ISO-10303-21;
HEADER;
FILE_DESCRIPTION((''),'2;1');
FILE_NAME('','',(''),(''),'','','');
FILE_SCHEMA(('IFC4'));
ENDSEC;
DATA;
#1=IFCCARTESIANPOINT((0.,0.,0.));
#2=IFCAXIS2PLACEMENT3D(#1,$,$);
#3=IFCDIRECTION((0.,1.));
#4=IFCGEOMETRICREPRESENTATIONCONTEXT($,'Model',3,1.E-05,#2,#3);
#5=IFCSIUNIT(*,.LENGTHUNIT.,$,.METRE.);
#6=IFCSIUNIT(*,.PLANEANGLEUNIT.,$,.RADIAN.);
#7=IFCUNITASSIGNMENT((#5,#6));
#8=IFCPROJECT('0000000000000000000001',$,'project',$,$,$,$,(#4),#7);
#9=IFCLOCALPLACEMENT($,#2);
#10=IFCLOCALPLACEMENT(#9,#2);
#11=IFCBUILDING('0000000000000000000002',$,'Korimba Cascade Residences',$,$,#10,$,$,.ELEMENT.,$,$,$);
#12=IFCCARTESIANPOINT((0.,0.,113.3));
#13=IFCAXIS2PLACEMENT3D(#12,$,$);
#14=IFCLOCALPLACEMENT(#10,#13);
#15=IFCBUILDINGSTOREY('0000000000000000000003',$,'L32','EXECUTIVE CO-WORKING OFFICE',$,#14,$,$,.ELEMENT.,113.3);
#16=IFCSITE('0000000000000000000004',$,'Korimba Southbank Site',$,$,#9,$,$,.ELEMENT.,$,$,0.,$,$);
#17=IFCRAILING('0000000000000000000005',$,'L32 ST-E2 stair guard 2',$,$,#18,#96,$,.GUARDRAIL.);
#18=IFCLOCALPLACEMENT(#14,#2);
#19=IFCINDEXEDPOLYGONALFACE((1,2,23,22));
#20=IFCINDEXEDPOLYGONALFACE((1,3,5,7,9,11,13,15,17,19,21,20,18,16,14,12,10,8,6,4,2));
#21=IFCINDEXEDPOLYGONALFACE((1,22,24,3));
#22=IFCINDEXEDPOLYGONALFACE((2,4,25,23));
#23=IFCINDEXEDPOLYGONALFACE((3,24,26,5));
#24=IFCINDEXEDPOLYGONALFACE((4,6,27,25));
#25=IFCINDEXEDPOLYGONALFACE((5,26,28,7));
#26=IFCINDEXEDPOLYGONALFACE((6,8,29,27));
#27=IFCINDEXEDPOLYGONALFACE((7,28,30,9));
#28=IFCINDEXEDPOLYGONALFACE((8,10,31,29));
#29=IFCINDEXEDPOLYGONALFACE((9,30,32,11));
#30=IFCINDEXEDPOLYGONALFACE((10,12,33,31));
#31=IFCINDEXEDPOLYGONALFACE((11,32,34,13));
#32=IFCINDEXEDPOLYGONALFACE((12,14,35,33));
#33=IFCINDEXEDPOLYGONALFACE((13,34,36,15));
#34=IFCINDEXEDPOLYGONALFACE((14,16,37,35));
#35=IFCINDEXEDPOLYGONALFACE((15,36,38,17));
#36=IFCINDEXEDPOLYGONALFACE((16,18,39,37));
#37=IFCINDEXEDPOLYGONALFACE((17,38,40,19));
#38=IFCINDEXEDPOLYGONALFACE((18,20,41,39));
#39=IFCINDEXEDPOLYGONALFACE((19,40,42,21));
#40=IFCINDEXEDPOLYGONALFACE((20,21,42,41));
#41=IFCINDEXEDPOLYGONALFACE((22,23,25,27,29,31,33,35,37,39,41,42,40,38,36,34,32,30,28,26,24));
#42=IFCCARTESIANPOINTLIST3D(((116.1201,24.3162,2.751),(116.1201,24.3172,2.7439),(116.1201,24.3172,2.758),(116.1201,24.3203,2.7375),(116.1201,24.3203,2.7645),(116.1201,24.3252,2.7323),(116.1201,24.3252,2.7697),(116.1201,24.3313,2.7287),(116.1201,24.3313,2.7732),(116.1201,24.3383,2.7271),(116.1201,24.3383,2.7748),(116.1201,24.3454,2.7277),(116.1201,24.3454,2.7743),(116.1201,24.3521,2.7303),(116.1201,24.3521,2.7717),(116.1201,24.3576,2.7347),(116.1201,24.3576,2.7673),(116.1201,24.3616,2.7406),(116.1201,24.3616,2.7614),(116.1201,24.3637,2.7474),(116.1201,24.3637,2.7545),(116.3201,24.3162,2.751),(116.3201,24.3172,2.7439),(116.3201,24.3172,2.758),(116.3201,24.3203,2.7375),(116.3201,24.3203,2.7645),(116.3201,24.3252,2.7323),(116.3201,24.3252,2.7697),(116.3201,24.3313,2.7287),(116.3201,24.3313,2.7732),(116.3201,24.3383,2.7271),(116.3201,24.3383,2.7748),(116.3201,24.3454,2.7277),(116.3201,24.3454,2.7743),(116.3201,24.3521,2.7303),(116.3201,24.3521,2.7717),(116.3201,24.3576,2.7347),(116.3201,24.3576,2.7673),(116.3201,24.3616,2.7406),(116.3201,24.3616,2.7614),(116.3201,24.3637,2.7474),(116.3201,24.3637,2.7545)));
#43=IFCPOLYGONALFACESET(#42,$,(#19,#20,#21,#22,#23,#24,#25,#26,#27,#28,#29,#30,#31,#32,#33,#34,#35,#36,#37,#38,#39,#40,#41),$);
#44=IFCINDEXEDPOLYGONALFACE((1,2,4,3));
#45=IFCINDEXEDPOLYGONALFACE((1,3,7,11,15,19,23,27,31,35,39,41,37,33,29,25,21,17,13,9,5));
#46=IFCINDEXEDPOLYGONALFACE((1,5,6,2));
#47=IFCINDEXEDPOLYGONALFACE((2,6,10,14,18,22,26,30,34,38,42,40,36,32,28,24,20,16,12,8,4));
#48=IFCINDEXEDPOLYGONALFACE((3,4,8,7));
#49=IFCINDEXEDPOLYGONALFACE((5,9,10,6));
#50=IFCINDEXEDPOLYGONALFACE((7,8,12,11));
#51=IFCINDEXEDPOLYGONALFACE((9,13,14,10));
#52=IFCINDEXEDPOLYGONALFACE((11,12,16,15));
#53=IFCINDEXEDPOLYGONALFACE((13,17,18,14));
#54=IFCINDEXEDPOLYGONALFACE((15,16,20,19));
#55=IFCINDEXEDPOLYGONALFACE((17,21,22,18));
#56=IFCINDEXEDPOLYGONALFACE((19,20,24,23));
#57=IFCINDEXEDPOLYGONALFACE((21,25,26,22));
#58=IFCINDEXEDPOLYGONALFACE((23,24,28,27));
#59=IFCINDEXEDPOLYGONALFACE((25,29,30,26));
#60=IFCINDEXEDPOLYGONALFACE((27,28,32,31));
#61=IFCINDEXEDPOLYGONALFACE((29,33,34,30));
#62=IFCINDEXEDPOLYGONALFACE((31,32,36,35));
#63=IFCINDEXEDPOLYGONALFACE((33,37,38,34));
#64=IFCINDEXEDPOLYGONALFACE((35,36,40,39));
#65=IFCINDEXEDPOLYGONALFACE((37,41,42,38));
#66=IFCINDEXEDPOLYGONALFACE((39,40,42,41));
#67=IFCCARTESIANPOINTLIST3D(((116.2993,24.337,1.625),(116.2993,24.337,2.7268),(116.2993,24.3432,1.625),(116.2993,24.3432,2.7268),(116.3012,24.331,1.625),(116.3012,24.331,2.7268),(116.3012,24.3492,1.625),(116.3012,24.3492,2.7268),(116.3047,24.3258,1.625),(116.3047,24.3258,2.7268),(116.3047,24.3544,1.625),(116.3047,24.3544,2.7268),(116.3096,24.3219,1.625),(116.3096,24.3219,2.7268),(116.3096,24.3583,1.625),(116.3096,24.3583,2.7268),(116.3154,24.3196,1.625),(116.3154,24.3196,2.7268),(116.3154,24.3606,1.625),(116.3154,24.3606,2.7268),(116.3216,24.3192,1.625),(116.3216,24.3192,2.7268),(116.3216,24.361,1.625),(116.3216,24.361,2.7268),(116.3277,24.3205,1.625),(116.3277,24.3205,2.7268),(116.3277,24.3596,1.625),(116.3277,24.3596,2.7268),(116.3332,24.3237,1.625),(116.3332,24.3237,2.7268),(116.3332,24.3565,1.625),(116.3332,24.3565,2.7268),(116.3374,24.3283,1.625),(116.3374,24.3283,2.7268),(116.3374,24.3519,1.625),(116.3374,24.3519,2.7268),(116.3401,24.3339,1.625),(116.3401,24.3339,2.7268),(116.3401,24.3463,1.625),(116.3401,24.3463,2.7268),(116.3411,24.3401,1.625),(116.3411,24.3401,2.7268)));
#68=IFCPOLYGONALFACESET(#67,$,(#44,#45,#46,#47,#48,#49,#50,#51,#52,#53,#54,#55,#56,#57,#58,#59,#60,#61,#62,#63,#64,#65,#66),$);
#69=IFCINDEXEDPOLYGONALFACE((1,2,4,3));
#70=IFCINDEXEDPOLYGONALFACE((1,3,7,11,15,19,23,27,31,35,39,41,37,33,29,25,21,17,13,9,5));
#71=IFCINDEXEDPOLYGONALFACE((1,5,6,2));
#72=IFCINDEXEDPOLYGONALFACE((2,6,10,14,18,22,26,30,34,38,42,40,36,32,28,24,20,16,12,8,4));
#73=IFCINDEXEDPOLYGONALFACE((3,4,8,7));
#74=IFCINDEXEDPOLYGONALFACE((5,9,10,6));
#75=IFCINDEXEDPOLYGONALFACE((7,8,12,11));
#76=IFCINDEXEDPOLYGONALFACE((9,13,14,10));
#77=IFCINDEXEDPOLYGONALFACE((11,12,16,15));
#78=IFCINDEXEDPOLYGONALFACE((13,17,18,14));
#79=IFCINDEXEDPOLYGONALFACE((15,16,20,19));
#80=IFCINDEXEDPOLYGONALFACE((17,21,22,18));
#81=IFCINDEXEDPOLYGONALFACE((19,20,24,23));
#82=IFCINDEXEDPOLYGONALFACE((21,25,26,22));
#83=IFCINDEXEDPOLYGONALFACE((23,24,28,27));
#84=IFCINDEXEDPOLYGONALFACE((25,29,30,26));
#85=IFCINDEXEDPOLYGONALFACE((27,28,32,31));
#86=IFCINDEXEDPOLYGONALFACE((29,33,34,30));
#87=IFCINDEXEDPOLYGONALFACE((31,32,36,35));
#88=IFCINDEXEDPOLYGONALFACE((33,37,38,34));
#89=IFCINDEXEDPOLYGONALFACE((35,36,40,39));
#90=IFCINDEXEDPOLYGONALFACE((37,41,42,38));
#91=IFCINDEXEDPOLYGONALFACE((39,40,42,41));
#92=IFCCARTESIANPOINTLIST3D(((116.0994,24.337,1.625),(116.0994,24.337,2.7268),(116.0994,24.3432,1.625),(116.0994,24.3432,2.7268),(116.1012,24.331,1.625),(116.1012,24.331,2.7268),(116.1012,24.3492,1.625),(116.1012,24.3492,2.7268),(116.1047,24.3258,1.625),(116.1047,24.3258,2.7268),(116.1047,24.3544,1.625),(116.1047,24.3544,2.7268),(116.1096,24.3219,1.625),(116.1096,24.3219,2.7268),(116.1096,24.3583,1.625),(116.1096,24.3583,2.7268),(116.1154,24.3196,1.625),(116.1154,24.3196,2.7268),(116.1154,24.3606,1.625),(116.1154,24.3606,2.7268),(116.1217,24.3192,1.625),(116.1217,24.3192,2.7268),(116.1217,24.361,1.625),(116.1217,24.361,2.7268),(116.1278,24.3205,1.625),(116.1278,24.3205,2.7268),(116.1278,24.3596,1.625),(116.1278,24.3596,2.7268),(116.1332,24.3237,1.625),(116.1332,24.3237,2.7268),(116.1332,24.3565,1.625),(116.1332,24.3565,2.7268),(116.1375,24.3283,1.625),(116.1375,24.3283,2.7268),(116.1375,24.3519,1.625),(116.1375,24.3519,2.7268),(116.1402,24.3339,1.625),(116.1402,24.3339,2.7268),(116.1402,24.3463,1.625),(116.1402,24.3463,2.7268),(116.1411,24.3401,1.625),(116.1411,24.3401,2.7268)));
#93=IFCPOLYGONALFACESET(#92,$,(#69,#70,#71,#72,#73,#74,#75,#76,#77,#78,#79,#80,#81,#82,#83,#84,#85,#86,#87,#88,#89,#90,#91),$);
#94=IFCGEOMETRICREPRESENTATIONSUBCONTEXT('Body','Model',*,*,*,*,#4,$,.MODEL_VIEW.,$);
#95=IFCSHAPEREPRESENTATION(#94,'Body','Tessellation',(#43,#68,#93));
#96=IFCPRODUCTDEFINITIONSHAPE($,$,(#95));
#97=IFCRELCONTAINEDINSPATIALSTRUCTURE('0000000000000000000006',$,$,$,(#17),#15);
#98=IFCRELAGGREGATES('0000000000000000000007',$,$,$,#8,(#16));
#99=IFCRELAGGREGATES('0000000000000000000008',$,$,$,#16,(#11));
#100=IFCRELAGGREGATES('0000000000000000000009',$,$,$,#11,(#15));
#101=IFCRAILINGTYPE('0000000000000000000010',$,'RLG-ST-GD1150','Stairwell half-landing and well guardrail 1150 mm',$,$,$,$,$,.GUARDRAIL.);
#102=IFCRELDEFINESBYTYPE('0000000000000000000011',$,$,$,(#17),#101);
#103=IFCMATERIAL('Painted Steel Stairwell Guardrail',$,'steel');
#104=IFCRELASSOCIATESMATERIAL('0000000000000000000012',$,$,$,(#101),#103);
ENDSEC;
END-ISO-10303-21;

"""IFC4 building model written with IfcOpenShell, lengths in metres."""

from ifc_helpers import new_model, si_unit, direction, frame, origin, origin_2d, place, context, subcontext, project, spatial, circle, extrude, material, type_object, element, save


model = new_model("IFC4")

# Units and contexts
model_context = context("Model", 3, precision=1e-05, world=origin(), true_north=direction((0.0, 1.0)))
body_context = subcontext(model_context, "Body", "Model", "MODEL_VIEW")
ifc_project = project(units=[si_unit("LENGTHUNIT", "METRE"), si_unit("PLANEANGLEUNIT", "RADIAN")], contexts=[model_context])

# Site, building, storey
site_placement = place(None, origin())
site = spatial("IfcSite", under=ifc_project, at=site_placement, Name="Korimba Southbank Site", CompositionType="ELEMENT", RefElevation=0.0)
building_placement = place(site_placement, origin())
building = spatial("IfcBuilding", under=site, at=building_placement, Name="Korimba Cascade Residences", CompositionType="ELEMENT")
storey_placement = place(building_placement, frame((0.0, 0.0, 113.3)))
storey = spatial("IfcBuildingStorey", under=building, at=storey_placement, Name="L32", Description="EXECUTIVE CO-WORKING OFFICE", CompositionType="ELEMENT", Elevation=113.3)

# Railing
ifc_material_1 = material(Name="Painted Steel Stairwell Guardrail", Category="steel")
railing_type_1 = type_object("IfcRailingType", Name="RLG-ST-GD1150", Description="Stairwell half-landing and well guardrail 1150 mm", PredefinedType="GUARDRAIL", material=ifc_material_1)
railing_1_placement = place(storey_placement, frame((116.3201, 24.3401, 1.625)))
element("IfcRailing", 1, at=railing_1_placement, inside=storey, type_object=railing_type_1, Name="L32 ST-E2 stair guard 2", PredefinedType="GUARDRAIL", context=body_context, shape_type="SweptSolid", body=[
    extrude(circle(Radius=0.0239, at=origin_2d()), frame((0.0, 0.0, 1.126), z_axis=(-1.0, 0.0, 0.0), x_axis=(0.0, -1.0, 0.0)), (0.0, 0.0, 1.0), 0.2),
    extrude(circle(Radius=0.021, at=origin_2d()), origin(), (0.0, 0.0, 1.0), 1.1018),
    extrude(circle(Radius=0.021, at=origin_2d()), frame((-0.2, 0.0, 0.0)), (0.0, 0.0, 1.0), 1.1018),
])

save(model, "model.ifc")
